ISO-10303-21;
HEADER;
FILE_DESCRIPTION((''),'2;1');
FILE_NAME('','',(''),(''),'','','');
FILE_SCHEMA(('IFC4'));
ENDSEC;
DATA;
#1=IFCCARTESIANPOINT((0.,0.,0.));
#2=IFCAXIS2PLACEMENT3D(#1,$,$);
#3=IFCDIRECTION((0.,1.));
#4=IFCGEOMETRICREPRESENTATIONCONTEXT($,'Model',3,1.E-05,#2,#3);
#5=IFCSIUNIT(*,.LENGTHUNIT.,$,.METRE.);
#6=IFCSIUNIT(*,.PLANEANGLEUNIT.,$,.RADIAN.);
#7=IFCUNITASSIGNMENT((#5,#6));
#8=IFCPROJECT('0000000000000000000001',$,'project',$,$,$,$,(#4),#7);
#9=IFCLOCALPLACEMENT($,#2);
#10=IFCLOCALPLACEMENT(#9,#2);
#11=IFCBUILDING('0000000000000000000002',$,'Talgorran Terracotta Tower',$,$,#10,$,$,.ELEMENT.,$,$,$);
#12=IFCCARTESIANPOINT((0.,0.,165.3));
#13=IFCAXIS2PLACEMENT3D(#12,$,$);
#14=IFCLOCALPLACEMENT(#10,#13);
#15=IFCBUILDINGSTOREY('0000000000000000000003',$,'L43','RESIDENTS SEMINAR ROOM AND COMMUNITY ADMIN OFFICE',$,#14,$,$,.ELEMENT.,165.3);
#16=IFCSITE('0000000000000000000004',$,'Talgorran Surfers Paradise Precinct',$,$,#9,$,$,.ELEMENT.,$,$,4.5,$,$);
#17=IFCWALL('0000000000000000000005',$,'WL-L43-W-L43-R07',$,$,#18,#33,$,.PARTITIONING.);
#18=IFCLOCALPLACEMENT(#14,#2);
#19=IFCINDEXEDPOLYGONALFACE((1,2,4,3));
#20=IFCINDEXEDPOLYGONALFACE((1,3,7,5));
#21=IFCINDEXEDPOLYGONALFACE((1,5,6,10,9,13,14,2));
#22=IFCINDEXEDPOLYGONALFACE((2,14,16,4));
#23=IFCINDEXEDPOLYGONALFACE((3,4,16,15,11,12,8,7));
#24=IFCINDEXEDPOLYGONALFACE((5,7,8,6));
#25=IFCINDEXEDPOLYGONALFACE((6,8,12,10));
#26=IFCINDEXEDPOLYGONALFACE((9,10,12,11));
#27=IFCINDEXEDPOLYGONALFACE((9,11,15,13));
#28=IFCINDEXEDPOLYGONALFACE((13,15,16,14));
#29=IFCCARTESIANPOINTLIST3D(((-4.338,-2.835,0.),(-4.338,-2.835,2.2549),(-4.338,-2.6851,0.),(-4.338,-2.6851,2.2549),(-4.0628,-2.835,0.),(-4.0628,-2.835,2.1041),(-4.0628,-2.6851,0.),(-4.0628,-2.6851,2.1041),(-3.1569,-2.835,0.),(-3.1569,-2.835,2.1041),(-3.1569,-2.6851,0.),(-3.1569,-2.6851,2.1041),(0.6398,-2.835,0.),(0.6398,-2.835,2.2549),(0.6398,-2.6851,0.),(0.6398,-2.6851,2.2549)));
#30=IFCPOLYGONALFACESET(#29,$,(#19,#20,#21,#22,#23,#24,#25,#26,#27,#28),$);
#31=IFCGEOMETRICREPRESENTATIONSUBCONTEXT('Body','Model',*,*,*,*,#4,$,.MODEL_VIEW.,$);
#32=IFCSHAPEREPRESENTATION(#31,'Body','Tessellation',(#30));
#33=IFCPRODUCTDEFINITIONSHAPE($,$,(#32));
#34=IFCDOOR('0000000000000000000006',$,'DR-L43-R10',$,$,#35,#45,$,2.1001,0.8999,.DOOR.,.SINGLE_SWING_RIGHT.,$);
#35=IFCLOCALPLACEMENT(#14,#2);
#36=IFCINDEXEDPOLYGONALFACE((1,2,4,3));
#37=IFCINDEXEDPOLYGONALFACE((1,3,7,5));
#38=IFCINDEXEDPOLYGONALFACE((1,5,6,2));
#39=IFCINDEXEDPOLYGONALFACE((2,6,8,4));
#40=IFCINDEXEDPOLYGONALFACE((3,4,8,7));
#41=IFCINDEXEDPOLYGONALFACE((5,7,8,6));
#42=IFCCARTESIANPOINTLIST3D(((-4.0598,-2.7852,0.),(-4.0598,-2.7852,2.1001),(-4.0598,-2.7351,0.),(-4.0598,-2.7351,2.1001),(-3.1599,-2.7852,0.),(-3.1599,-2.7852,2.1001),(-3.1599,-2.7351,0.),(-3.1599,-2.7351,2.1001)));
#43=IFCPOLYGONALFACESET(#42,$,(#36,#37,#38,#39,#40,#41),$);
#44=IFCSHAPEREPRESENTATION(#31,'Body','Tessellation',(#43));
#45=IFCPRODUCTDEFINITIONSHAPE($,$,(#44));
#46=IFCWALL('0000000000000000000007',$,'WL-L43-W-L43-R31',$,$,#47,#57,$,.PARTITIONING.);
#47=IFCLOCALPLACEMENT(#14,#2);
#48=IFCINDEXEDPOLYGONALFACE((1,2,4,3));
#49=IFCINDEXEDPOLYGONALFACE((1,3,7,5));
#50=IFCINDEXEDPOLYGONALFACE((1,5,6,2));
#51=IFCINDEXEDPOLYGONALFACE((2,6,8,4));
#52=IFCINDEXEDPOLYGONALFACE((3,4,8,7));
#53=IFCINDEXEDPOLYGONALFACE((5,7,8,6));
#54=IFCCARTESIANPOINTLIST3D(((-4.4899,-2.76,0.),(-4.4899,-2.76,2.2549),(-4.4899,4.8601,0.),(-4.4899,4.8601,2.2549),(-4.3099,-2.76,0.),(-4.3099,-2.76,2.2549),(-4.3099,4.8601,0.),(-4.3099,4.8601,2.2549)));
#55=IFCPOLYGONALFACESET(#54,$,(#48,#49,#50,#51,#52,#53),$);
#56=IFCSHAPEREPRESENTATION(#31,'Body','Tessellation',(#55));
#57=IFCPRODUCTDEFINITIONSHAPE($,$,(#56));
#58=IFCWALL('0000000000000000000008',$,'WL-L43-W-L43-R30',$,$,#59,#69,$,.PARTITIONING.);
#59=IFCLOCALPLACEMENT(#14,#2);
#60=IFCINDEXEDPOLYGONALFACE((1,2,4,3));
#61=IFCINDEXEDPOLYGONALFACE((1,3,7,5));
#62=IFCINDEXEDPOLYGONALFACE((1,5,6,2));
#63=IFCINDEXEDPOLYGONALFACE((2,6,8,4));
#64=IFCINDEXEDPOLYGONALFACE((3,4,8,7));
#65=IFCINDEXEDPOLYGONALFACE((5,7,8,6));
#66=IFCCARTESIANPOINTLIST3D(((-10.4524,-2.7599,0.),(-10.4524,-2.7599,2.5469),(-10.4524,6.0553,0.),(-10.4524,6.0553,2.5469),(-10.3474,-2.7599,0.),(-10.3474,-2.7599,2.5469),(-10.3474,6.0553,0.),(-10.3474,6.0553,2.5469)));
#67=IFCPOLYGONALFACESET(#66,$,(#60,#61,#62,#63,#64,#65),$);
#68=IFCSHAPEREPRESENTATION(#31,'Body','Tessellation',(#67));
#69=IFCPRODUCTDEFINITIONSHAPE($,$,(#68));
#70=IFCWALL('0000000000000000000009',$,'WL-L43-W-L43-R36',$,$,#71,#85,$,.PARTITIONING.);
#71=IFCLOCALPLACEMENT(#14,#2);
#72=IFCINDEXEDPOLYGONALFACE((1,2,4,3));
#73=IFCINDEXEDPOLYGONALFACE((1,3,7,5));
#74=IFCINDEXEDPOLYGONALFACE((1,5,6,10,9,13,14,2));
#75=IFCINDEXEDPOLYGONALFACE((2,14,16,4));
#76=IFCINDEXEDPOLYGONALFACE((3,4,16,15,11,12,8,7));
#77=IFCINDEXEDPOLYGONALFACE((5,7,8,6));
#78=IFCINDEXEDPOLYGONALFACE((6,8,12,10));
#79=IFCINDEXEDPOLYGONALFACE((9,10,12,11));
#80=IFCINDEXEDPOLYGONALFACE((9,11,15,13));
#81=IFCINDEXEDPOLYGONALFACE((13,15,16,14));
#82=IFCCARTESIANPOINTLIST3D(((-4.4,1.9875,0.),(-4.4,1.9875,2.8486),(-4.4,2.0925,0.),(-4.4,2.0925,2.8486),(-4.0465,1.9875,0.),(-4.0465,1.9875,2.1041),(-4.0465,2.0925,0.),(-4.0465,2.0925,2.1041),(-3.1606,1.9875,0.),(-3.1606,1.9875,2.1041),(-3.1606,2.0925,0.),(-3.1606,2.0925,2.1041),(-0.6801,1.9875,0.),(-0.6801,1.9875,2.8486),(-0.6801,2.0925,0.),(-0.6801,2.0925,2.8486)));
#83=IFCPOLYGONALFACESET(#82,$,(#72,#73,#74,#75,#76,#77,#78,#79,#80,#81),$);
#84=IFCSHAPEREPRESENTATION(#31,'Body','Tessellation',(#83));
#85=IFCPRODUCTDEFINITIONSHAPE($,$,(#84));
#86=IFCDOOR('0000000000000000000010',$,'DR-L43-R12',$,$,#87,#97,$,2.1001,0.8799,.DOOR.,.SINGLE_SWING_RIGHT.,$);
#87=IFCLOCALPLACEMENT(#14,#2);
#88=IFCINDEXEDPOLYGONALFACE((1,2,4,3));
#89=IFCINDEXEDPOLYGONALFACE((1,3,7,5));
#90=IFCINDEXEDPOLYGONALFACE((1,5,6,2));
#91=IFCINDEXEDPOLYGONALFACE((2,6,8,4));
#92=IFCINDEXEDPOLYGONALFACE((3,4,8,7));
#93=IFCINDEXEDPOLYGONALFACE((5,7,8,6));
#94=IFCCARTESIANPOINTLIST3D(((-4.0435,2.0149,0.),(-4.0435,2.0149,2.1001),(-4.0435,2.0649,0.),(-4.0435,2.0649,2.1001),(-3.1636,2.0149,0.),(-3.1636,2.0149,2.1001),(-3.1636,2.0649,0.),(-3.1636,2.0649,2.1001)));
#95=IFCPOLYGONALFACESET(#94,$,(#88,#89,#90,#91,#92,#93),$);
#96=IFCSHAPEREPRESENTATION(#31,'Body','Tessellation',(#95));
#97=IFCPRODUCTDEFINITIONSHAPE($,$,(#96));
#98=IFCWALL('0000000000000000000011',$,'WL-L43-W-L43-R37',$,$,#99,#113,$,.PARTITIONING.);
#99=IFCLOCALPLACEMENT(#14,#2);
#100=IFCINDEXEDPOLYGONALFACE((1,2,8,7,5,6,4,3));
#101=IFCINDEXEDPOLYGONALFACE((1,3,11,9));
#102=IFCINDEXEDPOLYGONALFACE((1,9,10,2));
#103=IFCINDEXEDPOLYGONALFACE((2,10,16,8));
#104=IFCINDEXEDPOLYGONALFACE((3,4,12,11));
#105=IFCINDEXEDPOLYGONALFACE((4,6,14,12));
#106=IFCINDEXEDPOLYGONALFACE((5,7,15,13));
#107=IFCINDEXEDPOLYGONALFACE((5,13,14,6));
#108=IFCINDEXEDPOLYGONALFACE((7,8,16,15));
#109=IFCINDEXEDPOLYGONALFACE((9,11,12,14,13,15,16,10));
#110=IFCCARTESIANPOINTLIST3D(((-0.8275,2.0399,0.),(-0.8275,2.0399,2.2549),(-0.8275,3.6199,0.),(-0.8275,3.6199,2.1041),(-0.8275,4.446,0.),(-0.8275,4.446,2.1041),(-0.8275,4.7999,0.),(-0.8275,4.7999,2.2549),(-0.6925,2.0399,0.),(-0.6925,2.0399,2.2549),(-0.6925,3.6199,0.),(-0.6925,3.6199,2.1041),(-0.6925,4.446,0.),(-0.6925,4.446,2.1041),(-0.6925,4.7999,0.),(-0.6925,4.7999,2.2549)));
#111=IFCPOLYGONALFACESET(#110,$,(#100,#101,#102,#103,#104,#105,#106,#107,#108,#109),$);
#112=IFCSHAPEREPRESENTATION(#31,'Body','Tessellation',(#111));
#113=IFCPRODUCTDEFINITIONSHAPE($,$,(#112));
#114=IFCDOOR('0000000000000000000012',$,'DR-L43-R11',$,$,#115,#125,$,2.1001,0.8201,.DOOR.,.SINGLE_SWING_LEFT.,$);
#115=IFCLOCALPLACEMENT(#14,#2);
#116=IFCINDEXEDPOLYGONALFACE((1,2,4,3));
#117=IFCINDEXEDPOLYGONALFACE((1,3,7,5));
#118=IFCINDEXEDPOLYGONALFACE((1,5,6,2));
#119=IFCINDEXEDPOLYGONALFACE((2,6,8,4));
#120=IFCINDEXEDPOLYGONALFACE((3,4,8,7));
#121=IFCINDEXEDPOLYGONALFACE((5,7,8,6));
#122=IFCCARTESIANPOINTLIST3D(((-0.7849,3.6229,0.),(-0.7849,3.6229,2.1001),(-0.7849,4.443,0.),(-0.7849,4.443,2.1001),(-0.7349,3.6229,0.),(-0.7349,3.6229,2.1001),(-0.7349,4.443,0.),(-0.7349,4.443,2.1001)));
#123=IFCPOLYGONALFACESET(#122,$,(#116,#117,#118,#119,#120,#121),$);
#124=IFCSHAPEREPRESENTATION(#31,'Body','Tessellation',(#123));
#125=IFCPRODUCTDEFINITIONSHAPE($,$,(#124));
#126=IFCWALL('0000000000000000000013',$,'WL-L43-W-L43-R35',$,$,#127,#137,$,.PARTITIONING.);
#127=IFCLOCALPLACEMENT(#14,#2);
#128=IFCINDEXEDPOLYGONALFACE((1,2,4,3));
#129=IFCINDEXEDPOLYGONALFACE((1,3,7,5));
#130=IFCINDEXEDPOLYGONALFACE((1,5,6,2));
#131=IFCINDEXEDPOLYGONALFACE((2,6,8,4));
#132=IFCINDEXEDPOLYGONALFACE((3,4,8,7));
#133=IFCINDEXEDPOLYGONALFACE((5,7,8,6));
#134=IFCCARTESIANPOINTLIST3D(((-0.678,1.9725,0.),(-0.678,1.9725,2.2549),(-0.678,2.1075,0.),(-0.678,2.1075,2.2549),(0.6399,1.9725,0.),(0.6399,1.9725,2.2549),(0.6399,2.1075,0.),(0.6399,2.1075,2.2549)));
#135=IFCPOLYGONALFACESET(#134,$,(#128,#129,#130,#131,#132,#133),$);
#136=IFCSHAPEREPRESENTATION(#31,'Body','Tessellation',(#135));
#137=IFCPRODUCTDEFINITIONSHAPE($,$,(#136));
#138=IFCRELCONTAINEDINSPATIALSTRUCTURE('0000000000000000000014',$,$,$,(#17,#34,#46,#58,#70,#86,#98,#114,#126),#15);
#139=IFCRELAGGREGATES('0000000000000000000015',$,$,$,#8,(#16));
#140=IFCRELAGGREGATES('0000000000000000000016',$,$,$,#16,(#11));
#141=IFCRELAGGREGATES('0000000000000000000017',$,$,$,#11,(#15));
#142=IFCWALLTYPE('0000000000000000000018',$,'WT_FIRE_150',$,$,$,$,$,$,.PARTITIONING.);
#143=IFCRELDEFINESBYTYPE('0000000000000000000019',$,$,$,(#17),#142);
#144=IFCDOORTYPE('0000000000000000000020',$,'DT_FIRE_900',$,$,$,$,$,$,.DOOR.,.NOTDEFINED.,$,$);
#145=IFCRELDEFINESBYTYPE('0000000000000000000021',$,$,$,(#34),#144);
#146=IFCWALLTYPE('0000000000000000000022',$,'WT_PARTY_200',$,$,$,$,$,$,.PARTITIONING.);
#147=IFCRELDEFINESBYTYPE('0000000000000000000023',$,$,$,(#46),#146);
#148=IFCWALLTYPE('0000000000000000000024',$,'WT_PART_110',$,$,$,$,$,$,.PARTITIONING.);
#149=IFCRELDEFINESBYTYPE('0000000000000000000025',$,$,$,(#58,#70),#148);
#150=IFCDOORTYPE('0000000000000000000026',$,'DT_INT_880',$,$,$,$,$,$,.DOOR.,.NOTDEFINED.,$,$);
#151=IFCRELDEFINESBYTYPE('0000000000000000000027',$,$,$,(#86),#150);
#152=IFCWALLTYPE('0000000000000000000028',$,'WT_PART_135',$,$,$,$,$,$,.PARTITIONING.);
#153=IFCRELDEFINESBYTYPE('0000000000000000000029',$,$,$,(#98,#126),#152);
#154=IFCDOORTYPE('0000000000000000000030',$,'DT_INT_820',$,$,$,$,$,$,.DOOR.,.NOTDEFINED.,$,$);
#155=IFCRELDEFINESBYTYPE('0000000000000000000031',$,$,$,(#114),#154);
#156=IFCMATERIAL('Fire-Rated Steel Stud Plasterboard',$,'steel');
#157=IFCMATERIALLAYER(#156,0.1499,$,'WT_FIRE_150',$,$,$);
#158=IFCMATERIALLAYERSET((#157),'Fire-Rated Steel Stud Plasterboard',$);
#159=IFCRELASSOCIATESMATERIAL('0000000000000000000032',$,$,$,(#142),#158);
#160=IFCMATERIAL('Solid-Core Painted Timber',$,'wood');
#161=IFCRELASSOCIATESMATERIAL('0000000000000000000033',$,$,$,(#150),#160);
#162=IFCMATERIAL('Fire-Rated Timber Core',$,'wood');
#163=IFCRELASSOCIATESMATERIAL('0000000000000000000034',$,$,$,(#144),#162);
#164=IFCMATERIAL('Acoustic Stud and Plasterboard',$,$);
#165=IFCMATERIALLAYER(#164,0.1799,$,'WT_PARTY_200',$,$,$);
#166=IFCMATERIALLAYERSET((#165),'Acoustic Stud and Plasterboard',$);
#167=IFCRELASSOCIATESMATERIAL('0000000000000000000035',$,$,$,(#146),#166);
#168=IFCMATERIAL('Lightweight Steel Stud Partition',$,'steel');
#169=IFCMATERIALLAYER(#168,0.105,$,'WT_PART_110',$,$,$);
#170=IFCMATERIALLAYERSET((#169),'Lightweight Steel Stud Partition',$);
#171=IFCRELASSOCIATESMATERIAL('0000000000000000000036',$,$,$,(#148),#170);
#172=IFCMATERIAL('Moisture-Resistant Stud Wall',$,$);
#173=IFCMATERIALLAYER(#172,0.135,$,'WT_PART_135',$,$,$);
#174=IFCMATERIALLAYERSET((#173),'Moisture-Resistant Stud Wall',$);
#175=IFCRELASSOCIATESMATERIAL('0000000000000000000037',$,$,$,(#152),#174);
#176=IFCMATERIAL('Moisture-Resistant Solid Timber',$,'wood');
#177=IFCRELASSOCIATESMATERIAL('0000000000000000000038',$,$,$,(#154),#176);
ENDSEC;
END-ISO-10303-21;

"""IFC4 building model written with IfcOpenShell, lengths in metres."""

from ifc_helpers import new_model, si_unit, direction, frame, frame_2d, origin, place, context, subcontext, project, spatial, rectangle, extrude, material, layer, layer_set, type_object, element, fill, save


model = new_model("IFC4")

# Units and contexts
model_context = context("Model", 3, precision=1e-05, world=origin(), true_north=direction((0.0, 1.0)))
body_context = subcontext(model_context, "Body", "Model", "MODEL_VIEW")
ifc_project = project(units=[si_unit("LENGTHUNIT", "METRE"), si_unit("PLANEANGLEUNIT", "RADIAN")], contexts=[model_context])

# Site, building, storey
site_placement = place(None, origin())
site = spatial("IfcSite", under=ifc_project, at=site_placement, Name="Talgorran Surfers Paradise Precinct", CompositionType="ELEMENT", RefElevation=4.5)
building_placement = place(site_placement, origin())
building = spatial("IfcBuilding", under=site, at=building_placement, Name="Talgorran Terracotta Tower", CompositionType="ELEMENT")
storey_placement = place(building_placement, frame((0.0, 0.0, 165.3)))
storey = spatial("IfcBuildingStorey", under=building, at=storey_placement, Name="L43", Description="RESIDENTS SEMINAR ROOM AND COMMUNITY ADMIN OFFICE", CompositionType="ELEMENT", Elevation=165.3)

# Shared definitions
ifc_material_1 = material(Name="Fire-Rated Steel Stud Plasterboard", Category="steel")
ifc_layer_1 = layer(ifc_material_1, 0.1499, Name="WT_FIRE_150")
ifc_layer_set_1 = layer_set([ifc_layer_1], Name="Fire-Rated Steel Stud Plasterboard")
wall_type_1 = type_object("IfcWallType", Name="WT_FIRE_150", PredefinedType="PARTITIONING", material=ifc_layer_set_1)

# Shared definitions
ifc_material_2 = material(Name="Solid-Core Painted Timber", Category="wood")
door_type_1 = type_object("IfcDoorType", Name="DT_INT_880", OperationType="NOTDEFINED", PredefinedType="DOOR", material=ifc_material_2)

# Wall, opening, door
ifc_material_3 = material(Name="Fire-Rated Timber Core", Category="wood")
door_type_2 = type_object("IfcDoorType", Name="DT_FIRE_900", OperationType="NOTDEFINED", PredefinedType="DOOR", material=ifc_material_3)
wall_1_placement = place(storey_placement, frame((-4.3379, -2.76, 0.0), z_axis=(0.0, 0.0, 1.0), x_axis=(1.0, 0.0, 0.0)))
wall_1 = element("IfcWall", 1, at=wall_1_placement, inside=storey, type_object=wall_type_1, Name="WL-L43-W-L43-R07", PredefinedType="PARTITIONING", context=body_context, shape_type="SweptSolid", body=[
    extrude(rectangle(XDim=4.9778, YDim=0.1499, at=frame_2d((2.4888, 0.0))), origin(), (0.0, 0.0, 1.0), 2.2549),
])
opening_1_placement = place(wall_1_placement, frame((0.2781, 0.0, 0.0)))
opening_1 = element("IfcOpeningElement", 2, at=opening_1_placement, cuts=wall_1, PredefinedType="OPENING", context=body_context, shape_type="SweptSolid", body=[
    extrude(rectangle(XDim=0.9059, YDim=2.1041, at=frame_2d((0.45, 1.052))), frame((0.0, 0.085, 0.0), z_axis=(0.0, -1.0, 0.0), x_axis=(1.0, 0.0, 0.0)), (0.0, 0.0, 1.0), 0.1699),
])
door_1_placement = place(opening_1_placement, origin())
door_1 = element("IfcDoor", 3, at=door_1_placement, inside=storey, type_object=door_type_2, Name="DR-L43-R10", OperationType="SINGLE_SWING_RIGHT", OverallHeight=2.1001, OverallWidth=0.8999, PredefinedType="DOOR", context=body_context, shape_type="SweptSolid", body=[
    extrude(rectangle(XDim=0.8999, YDim=2.1001, at=frame_2d((0.45, 1.05))), frame((0.0, 0.0249, 0.0), z_axis=(0.0, -1.0, 0.0), x_axis=(1.0, 0.0, 0.0)), (0.0, 0.0, 1.0), 0.05),
])
fill(opening_1, door_1)

# Walls
ifc_material_4 = material(Name="Acoustic Stud and Plasterboard")
ifc_layer_2 = layer(ifc_material_4, 0.1799, Name="WT_PARTY_200")
ifc_layer_set_2 = layer_set([ifc_layer_2], Name="Acoustic Stud and Plasterboard")
wall_type_2 = type_object("IfcWallType", Name="WT_PARTY_200", PredefinedType="PARTITIONING", material=ifc_layer_set_2)
wall_2_placement = place(storey_placement, frame((-4.3999, -2.76, 0.0), z_axis=(0.0, 0.0, 1.0), x_axis=(0.0, 1.0, 0.0)))
element("IfcWall", 4, at=wall_2_placement, inside=storey, type_object=wall_type_2, Name="WL-L43-W-L43-R31", PredefinedType="PARTITIONING", context=body_context, shape_type="SweptSolid", body=[
    extrude(rectangle(XDim=7.6201, YDim=0.1799, at=frame_2d((3.8101, 0.0))), origin(), (0.0, 0.0, 1.0), 2.2549),
])
ifc_material_5 = material(Name="Lightweight Steel Stud Partition", Category="steel")
ifc_layer_3 = layer(ifc_material_5, 0.105, Name="WT_PART_110")
ifc_layer_set_3 = layer_set([ifc_layer_3], Name="Lightweight Steel Stud Partition")
wall_type_3 = type_object("IfcWallType", Name="WT_PART_110", PredefinedType="PARTITIONING", material=ifc_layer_set_3)
wall_3_placement = place(storey_placement, frame((-10.3999, -2.76, 0.0), z_axis=(0.0, 0.0, 1.0), x_axis=(0.0, 1.0, 0.0)))
element("IfcWall", 5, at=wall_3_placement, inside=storey, type_object=wall_type_3, Name="WL-L43-W-L43-R30", PredefinedType="PARTITIONING", context=body_context, shape_type="SweptSolid", body=[
    extrude(rectangle(XDim=8.8152, YDim=0.105, at=frame_2d((4.4077, 0.0))), origin(), (0.0, 0.0, 1.0), 2.5469),
])

# Walls, openings, doors
wall_4_placement = place(storey_placement, frame((-4.3999, 2.04, 0.0), z_axis=(0.0, 0.0, 1.0), x_axis=(1.0, 0.0, 0.0)))
wall_4 = element("IfcWall", 6, at=wall_4_placement, inside=storey, type_object=wall_type_3, Name="WL-L43-W-L43-R36", PredefinedType="PARTITIONING", context=body_context, shape_type="SweptSolid", body=[
    extrude(rectangle(XDim=3.72, YDim=0.105, at=frame_2d((1.8599, 0.0))), origin(), (0.0, 0.0, 1.0), 2.8486),
])
opening_2_placement = place(wall_4_placement, frame((0.3564, 0.0, 0.0)))
opening_2 = element("IfcOpeningElement", 7, at=opening_2_placement, cuts=wall_4, PredefinedType="OPENING", context=body_context, shape_type="SweptSolid", body=[
    extrude(rectangle(XDim=0.8859, YDim=2.1041, at=frame_2d((0.4399, 1.052))), frame((0.0, 0.0625, 0.0), z_axis=(0.0, -1.0, 0.0), x_axis=(1.0, 0.0, 0.0)), (0.0, 0.0, 1.0), 0.125),
])
door_2_placement = place(opening_2_placement, origin())
door_2 = element("IfcDoor", 8, at=door_2_placement, inside=storey, type_object=door_type_1, Name="DR-L43-R12", OperationType="SINGLE_SWING_RIGHT", OverallHeight=2.1001, OverallWidth=0.8799, PredefinedType="DOOR", context=body_context, shape_type="SweptSolid", body=[
    extrude(rectangle(XDim=0.8799, YDim=2.1001, at=frame_2d((0.4399, 1.05))), frame((0.0, 0.0249, 0.0), z_axis=(0.0, -1.0, 0.0), x_axis=(1.0, 0.0, 0.0)), (0.0, 0.0, 1.0), 0.05),
])
fill(opening_2, door_2)
ifc_material_6 = material(Name="Moisture-Resistant Stud Wall")
ifc_layer_4 = layer(ifc_material_6, 0.135, Name="WT_PART_135")
ifc_layer_set_4 = layer_set([ifc_layer_4], Name="Moisture-Resistant Stud Wall")
wall_type_4 = type_object("IfcWallType", Name="WT_PART_135", PredefinedType="PARTITIONING", material=ifc_layer_set_4)
wall_5_placement = place(storey_placement, frame((-0.76, 2.04, 0.0), z_axis=(0.0, 0.0, 1.0), x_axis=(0.0, 1.0, 0.0)))
wall_5 = element("IfcWall", 9, at=wall_5_placement, inside=storey, type_object=wall_type_4, Name="WL-L43-W-L43-R37", PredefinedType="PARTITIONING", context=body_context, shape_type="SweptSolid", body=[
    extrude(rectangle(XDim=2.76, YDim=0.135, at=frame_2d((1.3799, 0.0))), origin(), (0.0, 0.0, 1.0), 2.2549),
])
opening_3_placement = place(wall_5_placement, frame((1.5828, 0.0, 0.0)))
opening_3 = element("IfcOpeningElement", 10, at=opening_3_placement, cuts=wall_5, PredefinedType="OPENING", context=body_context, shape_type="SweptSolid", body=[
    extrude(rectangle(XDim=0.8261, YDim=2.1041, at=frame_2d((0.4102, 1.052))), frame((0.0, 0.0776, 0.0), z_axis=(0.0, -1.0, 0.0), x_axis=(1.0, 0.0, 0.0)), (0.0, 0.0, 1.0), 0.155),
])
ifc_material_7 = material(Name="Moisture-Resistant Solid Timber", Category="wood")
door_type_3 = type_object("IfcDoorType", Name="DT_INT_820", OperationType="NOTDEFINED", PredefinedType="DOOR", material=ifc_material_7)
door_3_placement = place(opening_3_placement, origin())
door_3 = element("IfcDoor", 11, at=door_3_placement, inside=storey, type_object=door_type_3, Name="DR-L43-R11", OperationType="SINGLE_SWING_LEFT", OverallHeight=2.1001, OverallWidth=0.8201, PredefinedType="DOOR", context=body_context, shape_type="SweptSolid", body=[
    extrude(rectangle(XDim=0.8201, YDim=2.1001, at=frame_2d((0.4102, 1.05))), frame((0.0, 0.0249, 0.0), z_axis=(0.0, -1.0, 0.0), x_axis=(1.0, 0.0, 0.0)), (0.0, 0.0, 1.0), 0.05),
])
fill(opening_3, door_3)

# Wall
wall_6_placement = place(storey_placement, frame((-0.678, 2.04, 0.0), z_axis=(0.0, 0.0, 1.0), x_axis=(1.0, 0.0, 0.0)))
element("IfcWall", 12, at=wall_6_placement, inside=storey, type_object=wall_type_4, Name="WL-L43-W-L43-R35", PredefinedType="PARTITIONING", context=body_context, shape_type="SweptSolid", body=[
    extrude(rectangle(XDim=1.3179, YDim=0.135, at=frame_2d((0.6589, 0.0))), origin(), (0.0, 0.0, 1.0), 2.2549),
])

save(model, "model.ifc")
